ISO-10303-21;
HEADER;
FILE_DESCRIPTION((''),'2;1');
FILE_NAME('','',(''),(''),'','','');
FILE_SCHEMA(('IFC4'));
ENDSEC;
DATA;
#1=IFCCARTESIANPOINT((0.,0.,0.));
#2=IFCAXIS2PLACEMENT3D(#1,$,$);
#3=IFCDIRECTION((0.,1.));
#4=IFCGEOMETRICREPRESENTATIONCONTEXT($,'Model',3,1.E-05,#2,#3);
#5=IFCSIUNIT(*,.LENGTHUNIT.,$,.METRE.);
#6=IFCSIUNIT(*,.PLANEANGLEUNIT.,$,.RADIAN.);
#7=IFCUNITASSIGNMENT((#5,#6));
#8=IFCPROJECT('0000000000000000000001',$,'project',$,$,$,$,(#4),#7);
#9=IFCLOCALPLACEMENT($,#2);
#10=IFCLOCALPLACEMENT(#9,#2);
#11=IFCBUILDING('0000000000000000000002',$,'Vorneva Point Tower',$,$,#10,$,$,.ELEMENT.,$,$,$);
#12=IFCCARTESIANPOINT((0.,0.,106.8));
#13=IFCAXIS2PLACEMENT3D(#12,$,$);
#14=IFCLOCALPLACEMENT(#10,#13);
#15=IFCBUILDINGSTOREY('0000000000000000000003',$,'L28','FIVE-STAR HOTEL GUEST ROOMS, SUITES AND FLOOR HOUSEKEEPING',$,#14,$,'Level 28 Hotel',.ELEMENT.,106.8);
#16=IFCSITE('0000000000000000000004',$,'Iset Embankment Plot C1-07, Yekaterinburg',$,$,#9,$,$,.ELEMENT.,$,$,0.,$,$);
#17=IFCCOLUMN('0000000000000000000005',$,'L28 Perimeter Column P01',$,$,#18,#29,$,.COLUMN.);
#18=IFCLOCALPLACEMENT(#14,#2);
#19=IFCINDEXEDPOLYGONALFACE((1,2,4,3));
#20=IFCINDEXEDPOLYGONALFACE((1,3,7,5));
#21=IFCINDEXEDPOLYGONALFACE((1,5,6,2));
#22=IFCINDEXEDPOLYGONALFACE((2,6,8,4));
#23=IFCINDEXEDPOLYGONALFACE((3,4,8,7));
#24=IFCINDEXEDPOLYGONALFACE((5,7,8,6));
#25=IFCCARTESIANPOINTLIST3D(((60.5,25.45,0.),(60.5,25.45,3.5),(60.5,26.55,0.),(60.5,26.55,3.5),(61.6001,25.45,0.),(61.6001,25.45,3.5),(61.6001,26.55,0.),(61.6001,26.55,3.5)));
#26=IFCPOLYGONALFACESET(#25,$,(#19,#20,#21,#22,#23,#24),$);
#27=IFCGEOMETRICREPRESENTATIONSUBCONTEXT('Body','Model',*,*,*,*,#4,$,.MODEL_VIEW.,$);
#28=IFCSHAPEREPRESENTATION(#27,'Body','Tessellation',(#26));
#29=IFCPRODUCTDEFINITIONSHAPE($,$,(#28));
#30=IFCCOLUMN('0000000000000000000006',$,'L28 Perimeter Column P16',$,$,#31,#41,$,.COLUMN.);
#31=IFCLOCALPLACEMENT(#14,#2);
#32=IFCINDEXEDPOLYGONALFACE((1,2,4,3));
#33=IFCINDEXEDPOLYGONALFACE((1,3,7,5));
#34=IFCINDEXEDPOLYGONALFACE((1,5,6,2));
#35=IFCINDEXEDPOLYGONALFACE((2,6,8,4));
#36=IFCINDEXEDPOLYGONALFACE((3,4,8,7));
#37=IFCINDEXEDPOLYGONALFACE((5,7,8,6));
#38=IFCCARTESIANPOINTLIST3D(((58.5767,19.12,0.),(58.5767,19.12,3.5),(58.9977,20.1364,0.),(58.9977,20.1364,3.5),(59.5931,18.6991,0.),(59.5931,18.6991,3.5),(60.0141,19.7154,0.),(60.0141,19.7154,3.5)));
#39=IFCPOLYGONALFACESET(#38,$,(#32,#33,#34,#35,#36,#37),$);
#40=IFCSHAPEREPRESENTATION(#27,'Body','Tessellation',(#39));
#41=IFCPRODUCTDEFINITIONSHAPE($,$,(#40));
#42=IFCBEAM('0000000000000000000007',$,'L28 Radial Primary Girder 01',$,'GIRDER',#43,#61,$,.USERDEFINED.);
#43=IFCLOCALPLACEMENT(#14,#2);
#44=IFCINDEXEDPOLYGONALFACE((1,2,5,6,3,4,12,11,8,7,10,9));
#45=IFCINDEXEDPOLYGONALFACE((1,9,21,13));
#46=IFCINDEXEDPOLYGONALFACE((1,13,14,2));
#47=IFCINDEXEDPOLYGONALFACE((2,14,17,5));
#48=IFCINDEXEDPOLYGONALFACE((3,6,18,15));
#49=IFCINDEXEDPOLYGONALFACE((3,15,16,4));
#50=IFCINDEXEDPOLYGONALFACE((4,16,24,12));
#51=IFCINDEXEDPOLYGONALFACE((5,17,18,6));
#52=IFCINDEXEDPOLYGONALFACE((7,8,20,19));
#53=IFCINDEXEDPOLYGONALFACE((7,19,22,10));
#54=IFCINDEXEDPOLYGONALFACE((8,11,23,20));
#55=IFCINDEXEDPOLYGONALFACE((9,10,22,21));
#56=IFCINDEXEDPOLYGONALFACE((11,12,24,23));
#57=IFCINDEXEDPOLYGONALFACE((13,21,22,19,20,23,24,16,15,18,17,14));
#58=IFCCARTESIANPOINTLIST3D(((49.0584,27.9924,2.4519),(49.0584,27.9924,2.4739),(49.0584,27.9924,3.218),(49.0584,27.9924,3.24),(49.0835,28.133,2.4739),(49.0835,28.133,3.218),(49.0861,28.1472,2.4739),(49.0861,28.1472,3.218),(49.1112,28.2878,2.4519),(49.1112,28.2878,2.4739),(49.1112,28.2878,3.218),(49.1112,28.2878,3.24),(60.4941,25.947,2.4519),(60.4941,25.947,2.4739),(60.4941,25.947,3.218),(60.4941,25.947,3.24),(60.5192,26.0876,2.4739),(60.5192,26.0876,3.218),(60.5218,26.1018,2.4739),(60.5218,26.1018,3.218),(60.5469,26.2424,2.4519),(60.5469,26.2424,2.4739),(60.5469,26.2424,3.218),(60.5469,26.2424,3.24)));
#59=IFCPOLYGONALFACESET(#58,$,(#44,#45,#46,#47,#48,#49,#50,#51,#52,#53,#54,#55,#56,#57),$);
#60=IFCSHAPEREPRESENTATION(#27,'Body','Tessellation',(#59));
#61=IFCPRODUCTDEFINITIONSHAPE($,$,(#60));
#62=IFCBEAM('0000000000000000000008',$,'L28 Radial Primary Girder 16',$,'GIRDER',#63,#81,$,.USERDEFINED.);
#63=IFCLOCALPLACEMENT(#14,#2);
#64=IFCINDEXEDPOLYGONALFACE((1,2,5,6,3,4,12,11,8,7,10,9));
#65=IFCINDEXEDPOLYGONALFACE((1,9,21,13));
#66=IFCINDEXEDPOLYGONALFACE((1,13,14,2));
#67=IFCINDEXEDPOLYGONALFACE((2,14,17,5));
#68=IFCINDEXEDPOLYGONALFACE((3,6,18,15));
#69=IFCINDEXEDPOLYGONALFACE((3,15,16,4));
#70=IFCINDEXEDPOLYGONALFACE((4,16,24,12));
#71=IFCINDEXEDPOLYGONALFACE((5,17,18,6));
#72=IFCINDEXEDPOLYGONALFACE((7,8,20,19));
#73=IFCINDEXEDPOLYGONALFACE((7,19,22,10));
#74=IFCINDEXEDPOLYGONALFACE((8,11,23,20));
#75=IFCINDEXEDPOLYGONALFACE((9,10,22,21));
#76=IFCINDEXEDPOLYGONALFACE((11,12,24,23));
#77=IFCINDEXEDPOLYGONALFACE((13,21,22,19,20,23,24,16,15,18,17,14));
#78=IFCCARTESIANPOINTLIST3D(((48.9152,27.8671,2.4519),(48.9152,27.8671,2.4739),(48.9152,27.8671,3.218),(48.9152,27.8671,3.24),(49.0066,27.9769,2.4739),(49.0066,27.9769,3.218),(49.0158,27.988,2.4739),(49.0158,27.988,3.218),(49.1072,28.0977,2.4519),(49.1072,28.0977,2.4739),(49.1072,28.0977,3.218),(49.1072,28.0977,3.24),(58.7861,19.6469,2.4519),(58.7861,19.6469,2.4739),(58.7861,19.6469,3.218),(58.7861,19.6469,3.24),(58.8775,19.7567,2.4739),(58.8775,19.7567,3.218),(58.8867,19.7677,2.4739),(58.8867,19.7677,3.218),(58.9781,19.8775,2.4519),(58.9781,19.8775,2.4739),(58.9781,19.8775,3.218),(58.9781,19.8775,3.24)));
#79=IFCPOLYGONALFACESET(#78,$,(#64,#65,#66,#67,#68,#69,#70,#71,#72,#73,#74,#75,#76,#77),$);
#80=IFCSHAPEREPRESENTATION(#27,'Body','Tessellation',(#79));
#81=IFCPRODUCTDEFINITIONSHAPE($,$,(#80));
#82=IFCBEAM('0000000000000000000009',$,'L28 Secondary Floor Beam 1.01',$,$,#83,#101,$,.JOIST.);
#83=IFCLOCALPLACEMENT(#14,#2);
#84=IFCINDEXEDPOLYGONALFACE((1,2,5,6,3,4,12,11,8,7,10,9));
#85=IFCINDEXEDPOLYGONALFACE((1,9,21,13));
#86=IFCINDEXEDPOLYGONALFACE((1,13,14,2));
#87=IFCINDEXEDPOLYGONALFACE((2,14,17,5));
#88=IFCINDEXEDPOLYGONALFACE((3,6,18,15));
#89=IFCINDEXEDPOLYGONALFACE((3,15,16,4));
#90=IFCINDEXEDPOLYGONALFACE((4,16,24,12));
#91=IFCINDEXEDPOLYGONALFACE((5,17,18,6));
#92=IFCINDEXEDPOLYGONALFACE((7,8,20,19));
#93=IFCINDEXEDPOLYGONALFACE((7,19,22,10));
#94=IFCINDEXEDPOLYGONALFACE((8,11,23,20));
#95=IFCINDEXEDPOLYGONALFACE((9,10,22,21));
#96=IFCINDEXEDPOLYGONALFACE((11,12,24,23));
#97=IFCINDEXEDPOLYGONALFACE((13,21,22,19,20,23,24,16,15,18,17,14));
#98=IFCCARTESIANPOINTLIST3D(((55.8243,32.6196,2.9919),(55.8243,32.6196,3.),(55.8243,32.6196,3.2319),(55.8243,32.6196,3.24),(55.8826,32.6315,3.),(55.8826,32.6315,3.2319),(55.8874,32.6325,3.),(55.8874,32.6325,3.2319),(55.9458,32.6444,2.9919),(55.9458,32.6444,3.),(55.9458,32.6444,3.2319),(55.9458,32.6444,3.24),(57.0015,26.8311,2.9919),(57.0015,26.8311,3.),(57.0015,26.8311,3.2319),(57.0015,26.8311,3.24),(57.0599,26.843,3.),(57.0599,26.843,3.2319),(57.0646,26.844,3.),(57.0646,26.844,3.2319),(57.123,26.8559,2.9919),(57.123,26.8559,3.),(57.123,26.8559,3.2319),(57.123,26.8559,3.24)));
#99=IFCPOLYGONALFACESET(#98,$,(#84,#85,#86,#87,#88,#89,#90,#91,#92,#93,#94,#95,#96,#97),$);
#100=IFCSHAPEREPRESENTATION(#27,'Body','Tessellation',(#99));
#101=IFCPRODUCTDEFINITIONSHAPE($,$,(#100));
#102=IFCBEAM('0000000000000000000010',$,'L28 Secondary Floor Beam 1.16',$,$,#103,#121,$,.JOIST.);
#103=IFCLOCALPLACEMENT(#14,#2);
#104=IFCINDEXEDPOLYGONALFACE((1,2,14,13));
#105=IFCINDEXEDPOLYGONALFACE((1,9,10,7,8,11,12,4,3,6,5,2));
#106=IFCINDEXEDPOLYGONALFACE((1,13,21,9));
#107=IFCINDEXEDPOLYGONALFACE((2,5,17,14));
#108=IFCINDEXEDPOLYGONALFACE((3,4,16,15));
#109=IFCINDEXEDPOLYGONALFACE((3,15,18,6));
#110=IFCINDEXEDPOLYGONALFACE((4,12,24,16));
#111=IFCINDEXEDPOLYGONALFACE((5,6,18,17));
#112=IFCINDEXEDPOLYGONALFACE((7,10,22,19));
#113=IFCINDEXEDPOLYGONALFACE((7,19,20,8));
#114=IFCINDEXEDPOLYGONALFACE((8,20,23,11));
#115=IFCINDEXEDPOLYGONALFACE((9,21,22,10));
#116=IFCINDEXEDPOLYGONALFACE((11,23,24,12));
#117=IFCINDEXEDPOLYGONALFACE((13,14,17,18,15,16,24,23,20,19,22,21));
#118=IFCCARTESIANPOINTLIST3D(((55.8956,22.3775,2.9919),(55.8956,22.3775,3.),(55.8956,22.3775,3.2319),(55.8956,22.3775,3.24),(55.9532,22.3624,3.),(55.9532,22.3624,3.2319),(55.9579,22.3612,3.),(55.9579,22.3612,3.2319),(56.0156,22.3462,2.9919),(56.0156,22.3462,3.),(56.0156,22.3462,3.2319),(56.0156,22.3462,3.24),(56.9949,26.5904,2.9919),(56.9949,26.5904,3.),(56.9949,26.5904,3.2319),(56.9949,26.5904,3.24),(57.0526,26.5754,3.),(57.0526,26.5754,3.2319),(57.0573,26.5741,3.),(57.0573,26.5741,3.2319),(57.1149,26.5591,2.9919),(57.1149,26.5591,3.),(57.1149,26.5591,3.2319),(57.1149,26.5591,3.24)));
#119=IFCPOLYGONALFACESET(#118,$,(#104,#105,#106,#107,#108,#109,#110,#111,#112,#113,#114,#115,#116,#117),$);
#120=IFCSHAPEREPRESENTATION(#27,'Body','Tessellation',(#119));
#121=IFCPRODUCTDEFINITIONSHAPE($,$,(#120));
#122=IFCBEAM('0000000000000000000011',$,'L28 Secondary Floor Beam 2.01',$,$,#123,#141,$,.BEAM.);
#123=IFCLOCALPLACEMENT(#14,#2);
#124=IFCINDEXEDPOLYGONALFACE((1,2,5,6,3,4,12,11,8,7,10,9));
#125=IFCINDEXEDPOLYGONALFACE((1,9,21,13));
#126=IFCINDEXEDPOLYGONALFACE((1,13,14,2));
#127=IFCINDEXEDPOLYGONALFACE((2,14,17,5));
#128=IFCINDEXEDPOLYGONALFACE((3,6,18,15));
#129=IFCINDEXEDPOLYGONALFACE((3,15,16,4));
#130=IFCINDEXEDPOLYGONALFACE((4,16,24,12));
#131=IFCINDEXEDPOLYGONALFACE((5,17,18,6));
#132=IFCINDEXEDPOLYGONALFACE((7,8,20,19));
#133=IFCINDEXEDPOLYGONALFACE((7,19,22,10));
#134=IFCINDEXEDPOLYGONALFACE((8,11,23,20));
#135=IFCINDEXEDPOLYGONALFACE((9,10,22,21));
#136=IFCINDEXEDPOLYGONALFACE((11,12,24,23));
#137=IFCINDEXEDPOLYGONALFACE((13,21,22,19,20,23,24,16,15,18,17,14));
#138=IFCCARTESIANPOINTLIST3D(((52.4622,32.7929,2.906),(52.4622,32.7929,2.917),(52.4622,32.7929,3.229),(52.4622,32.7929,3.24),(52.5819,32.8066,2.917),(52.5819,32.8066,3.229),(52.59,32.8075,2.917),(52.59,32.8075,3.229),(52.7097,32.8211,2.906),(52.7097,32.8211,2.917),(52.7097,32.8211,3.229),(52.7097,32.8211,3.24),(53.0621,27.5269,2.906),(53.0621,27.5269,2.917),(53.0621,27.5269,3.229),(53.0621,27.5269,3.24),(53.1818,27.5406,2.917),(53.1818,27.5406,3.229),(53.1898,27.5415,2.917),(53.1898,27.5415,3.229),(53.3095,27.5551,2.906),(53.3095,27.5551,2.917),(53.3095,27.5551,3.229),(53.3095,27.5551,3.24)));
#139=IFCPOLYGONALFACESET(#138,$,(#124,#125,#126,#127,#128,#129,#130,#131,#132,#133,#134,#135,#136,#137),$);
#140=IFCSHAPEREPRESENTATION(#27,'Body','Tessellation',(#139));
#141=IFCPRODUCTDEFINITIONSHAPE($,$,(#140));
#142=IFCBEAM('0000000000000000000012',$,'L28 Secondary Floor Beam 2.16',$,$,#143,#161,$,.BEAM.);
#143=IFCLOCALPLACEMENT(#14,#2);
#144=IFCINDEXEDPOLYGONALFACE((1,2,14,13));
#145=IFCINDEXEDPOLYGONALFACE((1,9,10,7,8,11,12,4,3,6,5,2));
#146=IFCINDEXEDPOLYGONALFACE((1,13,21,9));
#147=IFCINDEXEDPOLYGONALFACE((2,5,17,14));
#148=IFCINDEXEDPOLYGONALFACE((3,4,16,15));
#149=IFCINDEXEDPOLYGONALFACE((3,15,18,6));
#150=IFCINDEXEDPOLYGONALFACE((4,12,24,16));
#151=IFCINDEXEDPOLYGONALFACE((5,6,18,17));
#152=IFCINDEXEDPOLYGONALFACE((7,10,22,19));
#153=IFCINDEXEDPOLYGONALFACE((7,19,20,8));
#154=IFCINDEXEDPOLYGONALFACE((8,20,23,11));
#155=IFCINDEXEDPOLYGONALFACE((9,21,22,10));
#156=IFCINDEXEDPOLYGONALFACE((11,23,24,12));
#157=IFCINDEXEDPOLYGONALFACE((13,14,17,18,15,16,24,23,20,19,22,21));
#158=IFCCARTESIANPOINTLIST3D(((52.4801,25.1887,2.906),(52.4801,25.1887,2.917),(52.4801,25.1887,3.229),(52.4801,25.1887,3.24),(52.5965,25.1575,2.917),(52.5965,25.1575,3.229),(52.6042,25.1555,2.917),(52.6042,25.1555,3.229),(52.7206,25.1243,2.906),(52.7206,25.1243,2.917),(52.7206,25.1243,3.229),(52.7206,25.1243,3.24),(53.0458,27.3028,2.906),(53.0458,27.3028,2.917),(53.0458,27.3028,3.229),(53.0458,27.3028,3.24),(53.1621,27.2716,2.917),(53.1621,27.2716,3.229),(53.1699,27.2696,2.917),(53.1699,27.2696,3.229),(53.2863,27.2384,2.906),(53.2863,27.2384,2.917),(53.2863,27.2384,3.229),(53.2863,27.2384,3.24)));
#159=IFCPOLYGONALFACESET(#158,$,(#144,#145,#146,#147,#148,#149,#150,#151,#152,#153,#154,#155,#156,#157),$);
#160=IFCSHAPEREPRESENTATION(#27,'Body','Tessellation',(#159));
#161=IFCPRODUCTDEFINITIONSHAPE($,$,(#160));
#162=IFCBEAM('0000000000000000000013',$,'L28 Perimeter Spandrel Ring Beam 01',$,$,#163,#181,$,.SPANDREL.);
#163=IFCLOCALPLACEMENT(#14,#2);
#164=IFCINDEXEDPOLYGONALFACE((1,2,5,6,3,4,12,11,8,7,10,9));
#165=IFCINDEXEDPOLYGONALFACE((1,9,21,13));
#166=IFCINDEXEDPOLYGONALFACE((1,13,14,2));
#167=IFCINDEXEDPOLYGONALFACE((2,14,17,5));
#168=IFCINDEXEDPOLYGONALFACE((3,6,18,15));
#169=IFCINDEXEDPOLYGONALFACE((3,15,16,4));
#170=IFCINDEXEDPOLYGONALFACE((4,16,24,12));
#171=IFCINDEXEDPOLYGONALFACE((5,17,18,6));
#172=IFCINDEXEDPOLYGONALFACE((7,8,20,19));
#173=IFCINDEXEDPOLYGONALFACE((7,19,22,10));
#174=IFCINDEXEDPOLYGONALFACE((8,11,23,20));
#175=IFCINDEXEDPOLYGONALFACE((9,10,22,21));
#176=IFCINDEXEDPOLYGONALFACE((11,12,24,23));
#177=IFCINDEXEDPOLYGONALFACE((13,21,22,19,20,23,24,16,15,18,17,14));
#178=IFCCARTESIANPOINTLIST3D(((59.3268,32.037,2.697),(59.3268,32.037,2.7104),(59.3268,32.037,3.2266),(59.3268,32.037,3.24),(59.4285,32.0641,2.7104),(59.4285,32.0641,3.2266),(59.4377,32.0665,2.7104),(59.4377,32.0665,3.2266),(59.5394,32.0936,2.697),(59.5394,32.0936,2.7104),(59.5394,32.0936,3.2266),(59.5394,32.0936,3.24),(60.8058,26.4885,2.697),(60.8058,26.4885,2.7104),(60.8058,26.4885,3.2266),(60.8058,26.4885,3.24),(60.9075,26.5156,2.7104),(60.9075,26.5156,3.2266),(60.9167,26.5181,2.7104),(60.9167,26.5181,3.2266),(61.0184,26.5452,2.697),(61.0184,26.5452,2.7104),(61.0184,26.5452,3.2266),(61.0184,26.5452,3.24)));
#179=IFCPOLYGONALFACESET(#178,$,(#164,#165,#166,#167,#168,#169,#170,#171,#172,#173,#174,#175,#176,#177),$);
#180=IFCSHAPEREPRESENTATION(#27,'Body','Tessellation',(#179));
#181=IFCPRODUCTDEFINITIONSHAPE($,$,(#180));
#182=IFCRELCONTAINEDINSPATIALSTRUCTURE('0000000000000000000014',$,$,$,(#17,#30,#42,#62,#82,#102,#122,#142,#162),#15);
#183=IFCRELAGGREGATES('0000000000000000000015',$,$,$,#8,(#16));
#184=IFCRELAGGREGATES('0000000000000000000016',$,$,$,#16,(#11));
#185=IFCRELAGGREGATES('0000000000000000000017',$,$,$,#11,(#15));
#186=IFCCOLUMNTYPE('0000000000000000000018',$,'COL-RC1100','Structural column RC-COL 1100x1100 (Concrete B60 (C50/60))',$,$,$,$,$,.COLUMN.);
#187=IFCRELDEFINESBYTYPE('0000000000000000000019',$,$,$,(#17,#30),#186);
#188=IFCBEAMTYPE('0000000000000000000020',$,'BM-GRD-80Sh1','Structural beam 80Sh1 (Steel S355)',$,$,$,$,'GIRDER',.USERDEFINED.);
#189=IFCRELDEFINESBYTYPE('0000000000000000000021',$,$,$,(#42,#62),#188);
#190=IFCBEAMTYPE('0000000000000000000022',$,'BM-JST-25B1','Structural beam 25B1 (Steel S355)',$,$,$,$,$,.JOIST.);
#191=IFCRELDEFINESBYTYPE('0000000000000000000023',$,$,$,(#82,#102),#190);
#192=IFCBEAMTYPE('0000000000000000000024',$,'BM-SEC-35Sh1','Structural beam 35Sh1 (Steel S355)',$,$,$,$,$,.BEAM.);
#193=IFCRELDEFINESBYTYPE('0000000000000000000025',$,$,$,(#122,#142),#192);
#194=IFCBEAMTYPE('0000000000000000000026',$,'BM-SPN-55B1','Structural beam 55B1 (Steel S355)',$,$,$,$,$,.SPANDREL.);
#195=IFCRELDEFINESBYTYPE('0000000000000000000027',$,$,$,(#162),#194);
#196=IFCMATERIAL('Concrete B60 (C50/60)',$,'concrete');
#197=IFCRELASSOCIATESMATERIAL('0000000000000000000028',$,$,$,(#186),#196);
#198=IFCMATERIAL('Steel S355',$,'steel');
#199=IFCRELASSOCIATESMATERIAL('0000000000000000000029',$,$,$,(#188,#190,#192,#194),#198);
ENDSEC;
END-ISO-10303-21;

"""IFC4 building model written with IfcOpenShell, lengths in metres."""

from ifc_helpers import new_model, si_unit, direction, frame, origin, origin_2d, place, context, subcontext, project, spatial, rectangle, i_section, extrude, material, material_profile, profile_set, type_object, element, save


model = new_model("IFC4")

# Units and contexts
model_context = context("Model", 3, precision=1e-05, world=origin(), true_north=direction((0.0, 1.0)))
body_context = subcontext(model_context, "Body", "Model", "MODEL_VIEW")
ifc_project = project(units=[si_unit("LENGTHUNIT", "METRE"), si_unit("PLANEANGLEUNIT", "RADIAN")], contexts=[model_context])

# Site, building, storey
site_placement = place(None, origin())
site = spatial("IfcSite", under=ifc_project, at=site_placement, Name="Iset Embankment Plot C1-07, Yekaterinburg", CompositionType="ELEMENT", RefElevation=0.0)
building_placement = place(site_placement, origin())
building = spatial("IfcBuilding", under=site, at=building_placement, Name="Vorneva Point Tower", CompositionType="ELEMENT")
storey_placement = place(building_placement, frame((0.0, 0.0, 106.8)))
storey = spatial("IfcBuildingStorey", under=building, at=storey_placement, Name="L28", Description="FIVE-STAR HOTEL GUEST ROOMS, SUITES AND FLOOR HOUSEKEEPING", LongName="Level 28 Hotel", CompositionType="ELEMENT", Elevation=106.8)

# Columns
ifc_material_1 = material(Name="Concrete B60 (C50/60)", Category="concrete")
ifc_material_profile_1 = material_profile(ifc_material_1, rectangle(XDim=1.1001, YDim=1.1001, at=origin_2d()), Name="RC-COL 1100x1100")
ifc_profile_set_1 = profile_set([ifc_material_profile_1], Name="Concrete B60 (C50/60)")
column_type = type_object("IfcColumnType", Name="COL-RC1100", Description="Structural column RC-COL 1100x1100 (Concrete B60 (C50/60))", PredefinedType="COLUMN", material=ifc_profile_set_1)
for number, where, z_axis, x_axis, name in (
    (1, (61.05, 26.0, 0.0), (0.0, 0.0, 1.0), (1.0, 0.0, 0.0), "L28 Perimeter Column P01"),
    (2, (59.2954, 19.4177, 0.0), (0.0, 0.0, 1.0), (0.92388, -0.382683, 0.0), "L28 Perimeter Column P16"),
):
    element("IfcColumn", number, at=place(storey_placement, frame(where, z_axis=z_axis, x_axis=x_axis)), inside=storey, type_object=column_type, Name=name, PredefinedType="COLUMN", context=body_context, shape_type="SweptSolid", body=[
        extrude(rectangle(XDim=1.1001, YDim=1.1001, at=origin_2d()), origin(), (0.0, 0.0, 1.0), 3.5),
    ])

# Beams
ifc_material_2 = material(Name="Steel S355", Category="steel")
ifc_material_profile_2 = material_profile(ifc_material_2, i_section(OverallWidth=0.3, OverallDepth=0.7881, WebThickness=0.0144, FlangeThickness=0.022, at=origin_2d()), Name="80Sh1")
ifc_profile_set_2 = profile_set([ifc_material_profile_2], Name="Steel S355")
beam_type_1 = type_object("IfcBeamType", Name="BM-GRD-80Sh1", Description="Structural beam 80Sh1 (Steel S355)", ElementType="GIRDER", PredefinedType="USERDEFINED", material=ifc_profile_set_2)
beam_1_placement = place(storey_placement, frame((60.5205, 26.0947, 2.8459), z_axis=(-0.984378, 0.176066, 0.0), x_axis=(-0.176066, -0.984378, 0.0)))
element("IfcBeam", 3, at=beam_1_placement, inside=storey, type_object=beam_type_1, Name="L28 Radial Primary Girder 01", ObjectType="GIRDER", PredefinedType="USERDEFINED", context=body_context, shape_type="SweptSolid", body=[
    extrude(i_section(OverallWidth=0.3, OverallDepth=0.7881, WebThickness=0.0144, FlangeThickness=0.022, at=origin_2d()), origin(), (0.0, 0.0, 1.0), 11.6172),
])
beam_2_placement = place(storey_placement, frame((58.8821, 19.7622, 2.8459), z_axis=(-0.768432, 0.639932, 0.0), x_axis=(-0.639932, -0.768432, 0.0)))
element("IfcBeam", 4, at=beam_2_placement, inside=storey, type_object=beam_type_1, Name="L28 Radial Primary Girder 16", ObjectType="GIRDER", PredefinedType="USERDEFINED", context=body_context, shape_type="SweptSolid", body=[
    extrude(i_section(OverallWidth=0.3, OverallDepth=0.7881, WebThickness=0.0144, FlangeThickness=0.022, at=origin_2d()), origin(), (0.0, 0.0, 1.0), 12.8455),
])
ifc_material_profile_3 = material_profile(ifc_material_2, i_section(OverallWidth=0.124, OverallDepth=0.248, WebThickness=0.0049, FlangeThickness=0.0081, at=origin_2d()), Name="25B1")
ifc_profile_set_3 = profile_set([ifc_material_profile_3], Name="Steel S355")
beam_type_2 = type_object("IfcBeamType", Name="BM-JST-25B1", Description="Structural beam 25B1 (Steel S355)", PredefinedType="JOIST", material=ifc_profile_set_3)
beam_3_placement = place(storey_placement, frame((57.0623, 26.8435, 3.116), z_axis=(-0.199294, 0.97994, 0.0), x_axis=(-0.97994, -0.199294, 0.0)))
element("IfcBeam", 5, at=beam_3_placement, inside=storey, type_object=beam_type_2, Name="L28 Secondary Floor Beam 1.01", PredefinedType="JOIST", context=body_context, shape_type="SweptSolid", body=[
    extrude(i_section(OverallWidth=0.124, OverallDepth=0.248, WebThickness=0.0049, FlangeThickness=0.0081, at=origin_2d()), origin(), (0.0, 0.0, 1.0), 5.907),
])
beam_4_placement = place(storey_placement, frame((55.9556, 22.3618, 3.116), z_axis=(0.252497, 0.967598, 0.0), x_axis=(-0.967598, 0.252497, 0.0)))
element("IfcBeam", 6, at=beam_4_placement, inside=storey, type_object=beam_type_2, Name="L28 Secondary Floor Beam 1.16", PredefinedType="JOIST", context=body_context, shape_type="SweptSolid", body=[
    extrude(i_section(OverallWidth=0.124, OverallDepth=0.248, WebThickness=0.0049, FlangeThickness=0.0081, at=origin_2d()), origin(), (0.0, 0.0, 1.0), 4.354),
])
ifc_material_profile_4 = material_profile(ifc_material_2, i_section(OverallWidth=0.249, OverallDepth=0.334, WebThickness=0.0081, FlangeThickness=0.011, at=origin_2d()), Name="35Sh1")
ifc_profile_set_4 = profile_set([ifc_material_profile_4], Name="Steel S355")
beam_type_3 = type_object("IfcBeamType", Name="BM-SEC-35Sh1", Description="Structural beam 35Sh1 (Steel S355)", PredefinedType="BEAM", material=ifc_profile_set_4)
beam_5_placement = place(storey_placement, frame((53.1858, 27.541, 3.073), z_axis=(-0.113176, 0.993575, 0.0), x_axis=(-0.993575, -0.113176, 0.0)))
element("IfcBeam", 7, at=beam_5_placement, inside=storey, type_object=beam_type_3, Name="L28 Secondary Floor Beam 2.01", PredefinedType="BEAM", context=body_context, shape_type="SweptSolid", body=[
    extrude(i_section(OverallWidth=0.249, OverallDepth=0.334, WebThickness=0.0081, FlangeThickness=0.011, at=origin_2d()), origin(), (0.0, 0.0, 1.0), 5.3),
])
beam_6_placement = place(storey_placement, frame((52.6003, 25.1565, 3.073), z_axis=(0.258489, 0.966014, 0.0), x_axis=(-0.966014, 0.258489, 0.0)))
element("IfcBeam", 8, at=beam_6_placement, inside=storey, type_object=beam_type_3, Name="L28 Secondary Floor Beam 2.16", PredefinedType="BEAM", context=body_context, shape_type="SweptSolid", body=[
    extrude(i_section(OverallWidth=0.249, OverallDepth=0.334, WebThickness=0.0081, FlangeThickness=0.011, at=origin_2d()), origin(), (0.0, 0.0, 1.0), 2.1885),
])
ifc_material_profile_5 = material_profile(ifc_material_2, i_section(OverallWidth=0.22, OverallDepth=0.543, WebThickness=0.0095, FlangeThickness=0.0134, at=origin_2d()), Name="55B1")
ifc_profile_set_5 = profile_set([ifc_material_profile_5], Name="Steel S355")
beam_type_4 = type_object("IfcBeamType", Name="BM-SPN-55B1", Description="Structural beam 55B1 (Steel S355)", PredefinedType="SPANDREL", material=ifc_profile_set_5)
for number, where, z_axis, x_axis, name in (
    (9, (60.9121, 26.5168, 2.9685), (-0.257573, 0.966259, 0.0), (-0.966259, -0.257573, 0.0), "L28 Perimeter Spandrel Ring Beam 01"),
):
    element("IfcBeam", number, at=place(storey_placement, frame(where, z_axis=z_axis, x_axis=x_axis)), inside=storey, type_object=beam_type_4, Name=name, PredefinedType="SPANDREL", context=body_context, shape_type="SweptSolid", body=[
        extrude(i_section(OverallWidth=0.22, OverallDepth=0.543, WebThickness=0.0095, FlangeThickness=0.0134, at=origin_2d()), origin(), (0.0, 0.0, 1.0), 5.7422),
    ])

save(model, "model.ifc")
